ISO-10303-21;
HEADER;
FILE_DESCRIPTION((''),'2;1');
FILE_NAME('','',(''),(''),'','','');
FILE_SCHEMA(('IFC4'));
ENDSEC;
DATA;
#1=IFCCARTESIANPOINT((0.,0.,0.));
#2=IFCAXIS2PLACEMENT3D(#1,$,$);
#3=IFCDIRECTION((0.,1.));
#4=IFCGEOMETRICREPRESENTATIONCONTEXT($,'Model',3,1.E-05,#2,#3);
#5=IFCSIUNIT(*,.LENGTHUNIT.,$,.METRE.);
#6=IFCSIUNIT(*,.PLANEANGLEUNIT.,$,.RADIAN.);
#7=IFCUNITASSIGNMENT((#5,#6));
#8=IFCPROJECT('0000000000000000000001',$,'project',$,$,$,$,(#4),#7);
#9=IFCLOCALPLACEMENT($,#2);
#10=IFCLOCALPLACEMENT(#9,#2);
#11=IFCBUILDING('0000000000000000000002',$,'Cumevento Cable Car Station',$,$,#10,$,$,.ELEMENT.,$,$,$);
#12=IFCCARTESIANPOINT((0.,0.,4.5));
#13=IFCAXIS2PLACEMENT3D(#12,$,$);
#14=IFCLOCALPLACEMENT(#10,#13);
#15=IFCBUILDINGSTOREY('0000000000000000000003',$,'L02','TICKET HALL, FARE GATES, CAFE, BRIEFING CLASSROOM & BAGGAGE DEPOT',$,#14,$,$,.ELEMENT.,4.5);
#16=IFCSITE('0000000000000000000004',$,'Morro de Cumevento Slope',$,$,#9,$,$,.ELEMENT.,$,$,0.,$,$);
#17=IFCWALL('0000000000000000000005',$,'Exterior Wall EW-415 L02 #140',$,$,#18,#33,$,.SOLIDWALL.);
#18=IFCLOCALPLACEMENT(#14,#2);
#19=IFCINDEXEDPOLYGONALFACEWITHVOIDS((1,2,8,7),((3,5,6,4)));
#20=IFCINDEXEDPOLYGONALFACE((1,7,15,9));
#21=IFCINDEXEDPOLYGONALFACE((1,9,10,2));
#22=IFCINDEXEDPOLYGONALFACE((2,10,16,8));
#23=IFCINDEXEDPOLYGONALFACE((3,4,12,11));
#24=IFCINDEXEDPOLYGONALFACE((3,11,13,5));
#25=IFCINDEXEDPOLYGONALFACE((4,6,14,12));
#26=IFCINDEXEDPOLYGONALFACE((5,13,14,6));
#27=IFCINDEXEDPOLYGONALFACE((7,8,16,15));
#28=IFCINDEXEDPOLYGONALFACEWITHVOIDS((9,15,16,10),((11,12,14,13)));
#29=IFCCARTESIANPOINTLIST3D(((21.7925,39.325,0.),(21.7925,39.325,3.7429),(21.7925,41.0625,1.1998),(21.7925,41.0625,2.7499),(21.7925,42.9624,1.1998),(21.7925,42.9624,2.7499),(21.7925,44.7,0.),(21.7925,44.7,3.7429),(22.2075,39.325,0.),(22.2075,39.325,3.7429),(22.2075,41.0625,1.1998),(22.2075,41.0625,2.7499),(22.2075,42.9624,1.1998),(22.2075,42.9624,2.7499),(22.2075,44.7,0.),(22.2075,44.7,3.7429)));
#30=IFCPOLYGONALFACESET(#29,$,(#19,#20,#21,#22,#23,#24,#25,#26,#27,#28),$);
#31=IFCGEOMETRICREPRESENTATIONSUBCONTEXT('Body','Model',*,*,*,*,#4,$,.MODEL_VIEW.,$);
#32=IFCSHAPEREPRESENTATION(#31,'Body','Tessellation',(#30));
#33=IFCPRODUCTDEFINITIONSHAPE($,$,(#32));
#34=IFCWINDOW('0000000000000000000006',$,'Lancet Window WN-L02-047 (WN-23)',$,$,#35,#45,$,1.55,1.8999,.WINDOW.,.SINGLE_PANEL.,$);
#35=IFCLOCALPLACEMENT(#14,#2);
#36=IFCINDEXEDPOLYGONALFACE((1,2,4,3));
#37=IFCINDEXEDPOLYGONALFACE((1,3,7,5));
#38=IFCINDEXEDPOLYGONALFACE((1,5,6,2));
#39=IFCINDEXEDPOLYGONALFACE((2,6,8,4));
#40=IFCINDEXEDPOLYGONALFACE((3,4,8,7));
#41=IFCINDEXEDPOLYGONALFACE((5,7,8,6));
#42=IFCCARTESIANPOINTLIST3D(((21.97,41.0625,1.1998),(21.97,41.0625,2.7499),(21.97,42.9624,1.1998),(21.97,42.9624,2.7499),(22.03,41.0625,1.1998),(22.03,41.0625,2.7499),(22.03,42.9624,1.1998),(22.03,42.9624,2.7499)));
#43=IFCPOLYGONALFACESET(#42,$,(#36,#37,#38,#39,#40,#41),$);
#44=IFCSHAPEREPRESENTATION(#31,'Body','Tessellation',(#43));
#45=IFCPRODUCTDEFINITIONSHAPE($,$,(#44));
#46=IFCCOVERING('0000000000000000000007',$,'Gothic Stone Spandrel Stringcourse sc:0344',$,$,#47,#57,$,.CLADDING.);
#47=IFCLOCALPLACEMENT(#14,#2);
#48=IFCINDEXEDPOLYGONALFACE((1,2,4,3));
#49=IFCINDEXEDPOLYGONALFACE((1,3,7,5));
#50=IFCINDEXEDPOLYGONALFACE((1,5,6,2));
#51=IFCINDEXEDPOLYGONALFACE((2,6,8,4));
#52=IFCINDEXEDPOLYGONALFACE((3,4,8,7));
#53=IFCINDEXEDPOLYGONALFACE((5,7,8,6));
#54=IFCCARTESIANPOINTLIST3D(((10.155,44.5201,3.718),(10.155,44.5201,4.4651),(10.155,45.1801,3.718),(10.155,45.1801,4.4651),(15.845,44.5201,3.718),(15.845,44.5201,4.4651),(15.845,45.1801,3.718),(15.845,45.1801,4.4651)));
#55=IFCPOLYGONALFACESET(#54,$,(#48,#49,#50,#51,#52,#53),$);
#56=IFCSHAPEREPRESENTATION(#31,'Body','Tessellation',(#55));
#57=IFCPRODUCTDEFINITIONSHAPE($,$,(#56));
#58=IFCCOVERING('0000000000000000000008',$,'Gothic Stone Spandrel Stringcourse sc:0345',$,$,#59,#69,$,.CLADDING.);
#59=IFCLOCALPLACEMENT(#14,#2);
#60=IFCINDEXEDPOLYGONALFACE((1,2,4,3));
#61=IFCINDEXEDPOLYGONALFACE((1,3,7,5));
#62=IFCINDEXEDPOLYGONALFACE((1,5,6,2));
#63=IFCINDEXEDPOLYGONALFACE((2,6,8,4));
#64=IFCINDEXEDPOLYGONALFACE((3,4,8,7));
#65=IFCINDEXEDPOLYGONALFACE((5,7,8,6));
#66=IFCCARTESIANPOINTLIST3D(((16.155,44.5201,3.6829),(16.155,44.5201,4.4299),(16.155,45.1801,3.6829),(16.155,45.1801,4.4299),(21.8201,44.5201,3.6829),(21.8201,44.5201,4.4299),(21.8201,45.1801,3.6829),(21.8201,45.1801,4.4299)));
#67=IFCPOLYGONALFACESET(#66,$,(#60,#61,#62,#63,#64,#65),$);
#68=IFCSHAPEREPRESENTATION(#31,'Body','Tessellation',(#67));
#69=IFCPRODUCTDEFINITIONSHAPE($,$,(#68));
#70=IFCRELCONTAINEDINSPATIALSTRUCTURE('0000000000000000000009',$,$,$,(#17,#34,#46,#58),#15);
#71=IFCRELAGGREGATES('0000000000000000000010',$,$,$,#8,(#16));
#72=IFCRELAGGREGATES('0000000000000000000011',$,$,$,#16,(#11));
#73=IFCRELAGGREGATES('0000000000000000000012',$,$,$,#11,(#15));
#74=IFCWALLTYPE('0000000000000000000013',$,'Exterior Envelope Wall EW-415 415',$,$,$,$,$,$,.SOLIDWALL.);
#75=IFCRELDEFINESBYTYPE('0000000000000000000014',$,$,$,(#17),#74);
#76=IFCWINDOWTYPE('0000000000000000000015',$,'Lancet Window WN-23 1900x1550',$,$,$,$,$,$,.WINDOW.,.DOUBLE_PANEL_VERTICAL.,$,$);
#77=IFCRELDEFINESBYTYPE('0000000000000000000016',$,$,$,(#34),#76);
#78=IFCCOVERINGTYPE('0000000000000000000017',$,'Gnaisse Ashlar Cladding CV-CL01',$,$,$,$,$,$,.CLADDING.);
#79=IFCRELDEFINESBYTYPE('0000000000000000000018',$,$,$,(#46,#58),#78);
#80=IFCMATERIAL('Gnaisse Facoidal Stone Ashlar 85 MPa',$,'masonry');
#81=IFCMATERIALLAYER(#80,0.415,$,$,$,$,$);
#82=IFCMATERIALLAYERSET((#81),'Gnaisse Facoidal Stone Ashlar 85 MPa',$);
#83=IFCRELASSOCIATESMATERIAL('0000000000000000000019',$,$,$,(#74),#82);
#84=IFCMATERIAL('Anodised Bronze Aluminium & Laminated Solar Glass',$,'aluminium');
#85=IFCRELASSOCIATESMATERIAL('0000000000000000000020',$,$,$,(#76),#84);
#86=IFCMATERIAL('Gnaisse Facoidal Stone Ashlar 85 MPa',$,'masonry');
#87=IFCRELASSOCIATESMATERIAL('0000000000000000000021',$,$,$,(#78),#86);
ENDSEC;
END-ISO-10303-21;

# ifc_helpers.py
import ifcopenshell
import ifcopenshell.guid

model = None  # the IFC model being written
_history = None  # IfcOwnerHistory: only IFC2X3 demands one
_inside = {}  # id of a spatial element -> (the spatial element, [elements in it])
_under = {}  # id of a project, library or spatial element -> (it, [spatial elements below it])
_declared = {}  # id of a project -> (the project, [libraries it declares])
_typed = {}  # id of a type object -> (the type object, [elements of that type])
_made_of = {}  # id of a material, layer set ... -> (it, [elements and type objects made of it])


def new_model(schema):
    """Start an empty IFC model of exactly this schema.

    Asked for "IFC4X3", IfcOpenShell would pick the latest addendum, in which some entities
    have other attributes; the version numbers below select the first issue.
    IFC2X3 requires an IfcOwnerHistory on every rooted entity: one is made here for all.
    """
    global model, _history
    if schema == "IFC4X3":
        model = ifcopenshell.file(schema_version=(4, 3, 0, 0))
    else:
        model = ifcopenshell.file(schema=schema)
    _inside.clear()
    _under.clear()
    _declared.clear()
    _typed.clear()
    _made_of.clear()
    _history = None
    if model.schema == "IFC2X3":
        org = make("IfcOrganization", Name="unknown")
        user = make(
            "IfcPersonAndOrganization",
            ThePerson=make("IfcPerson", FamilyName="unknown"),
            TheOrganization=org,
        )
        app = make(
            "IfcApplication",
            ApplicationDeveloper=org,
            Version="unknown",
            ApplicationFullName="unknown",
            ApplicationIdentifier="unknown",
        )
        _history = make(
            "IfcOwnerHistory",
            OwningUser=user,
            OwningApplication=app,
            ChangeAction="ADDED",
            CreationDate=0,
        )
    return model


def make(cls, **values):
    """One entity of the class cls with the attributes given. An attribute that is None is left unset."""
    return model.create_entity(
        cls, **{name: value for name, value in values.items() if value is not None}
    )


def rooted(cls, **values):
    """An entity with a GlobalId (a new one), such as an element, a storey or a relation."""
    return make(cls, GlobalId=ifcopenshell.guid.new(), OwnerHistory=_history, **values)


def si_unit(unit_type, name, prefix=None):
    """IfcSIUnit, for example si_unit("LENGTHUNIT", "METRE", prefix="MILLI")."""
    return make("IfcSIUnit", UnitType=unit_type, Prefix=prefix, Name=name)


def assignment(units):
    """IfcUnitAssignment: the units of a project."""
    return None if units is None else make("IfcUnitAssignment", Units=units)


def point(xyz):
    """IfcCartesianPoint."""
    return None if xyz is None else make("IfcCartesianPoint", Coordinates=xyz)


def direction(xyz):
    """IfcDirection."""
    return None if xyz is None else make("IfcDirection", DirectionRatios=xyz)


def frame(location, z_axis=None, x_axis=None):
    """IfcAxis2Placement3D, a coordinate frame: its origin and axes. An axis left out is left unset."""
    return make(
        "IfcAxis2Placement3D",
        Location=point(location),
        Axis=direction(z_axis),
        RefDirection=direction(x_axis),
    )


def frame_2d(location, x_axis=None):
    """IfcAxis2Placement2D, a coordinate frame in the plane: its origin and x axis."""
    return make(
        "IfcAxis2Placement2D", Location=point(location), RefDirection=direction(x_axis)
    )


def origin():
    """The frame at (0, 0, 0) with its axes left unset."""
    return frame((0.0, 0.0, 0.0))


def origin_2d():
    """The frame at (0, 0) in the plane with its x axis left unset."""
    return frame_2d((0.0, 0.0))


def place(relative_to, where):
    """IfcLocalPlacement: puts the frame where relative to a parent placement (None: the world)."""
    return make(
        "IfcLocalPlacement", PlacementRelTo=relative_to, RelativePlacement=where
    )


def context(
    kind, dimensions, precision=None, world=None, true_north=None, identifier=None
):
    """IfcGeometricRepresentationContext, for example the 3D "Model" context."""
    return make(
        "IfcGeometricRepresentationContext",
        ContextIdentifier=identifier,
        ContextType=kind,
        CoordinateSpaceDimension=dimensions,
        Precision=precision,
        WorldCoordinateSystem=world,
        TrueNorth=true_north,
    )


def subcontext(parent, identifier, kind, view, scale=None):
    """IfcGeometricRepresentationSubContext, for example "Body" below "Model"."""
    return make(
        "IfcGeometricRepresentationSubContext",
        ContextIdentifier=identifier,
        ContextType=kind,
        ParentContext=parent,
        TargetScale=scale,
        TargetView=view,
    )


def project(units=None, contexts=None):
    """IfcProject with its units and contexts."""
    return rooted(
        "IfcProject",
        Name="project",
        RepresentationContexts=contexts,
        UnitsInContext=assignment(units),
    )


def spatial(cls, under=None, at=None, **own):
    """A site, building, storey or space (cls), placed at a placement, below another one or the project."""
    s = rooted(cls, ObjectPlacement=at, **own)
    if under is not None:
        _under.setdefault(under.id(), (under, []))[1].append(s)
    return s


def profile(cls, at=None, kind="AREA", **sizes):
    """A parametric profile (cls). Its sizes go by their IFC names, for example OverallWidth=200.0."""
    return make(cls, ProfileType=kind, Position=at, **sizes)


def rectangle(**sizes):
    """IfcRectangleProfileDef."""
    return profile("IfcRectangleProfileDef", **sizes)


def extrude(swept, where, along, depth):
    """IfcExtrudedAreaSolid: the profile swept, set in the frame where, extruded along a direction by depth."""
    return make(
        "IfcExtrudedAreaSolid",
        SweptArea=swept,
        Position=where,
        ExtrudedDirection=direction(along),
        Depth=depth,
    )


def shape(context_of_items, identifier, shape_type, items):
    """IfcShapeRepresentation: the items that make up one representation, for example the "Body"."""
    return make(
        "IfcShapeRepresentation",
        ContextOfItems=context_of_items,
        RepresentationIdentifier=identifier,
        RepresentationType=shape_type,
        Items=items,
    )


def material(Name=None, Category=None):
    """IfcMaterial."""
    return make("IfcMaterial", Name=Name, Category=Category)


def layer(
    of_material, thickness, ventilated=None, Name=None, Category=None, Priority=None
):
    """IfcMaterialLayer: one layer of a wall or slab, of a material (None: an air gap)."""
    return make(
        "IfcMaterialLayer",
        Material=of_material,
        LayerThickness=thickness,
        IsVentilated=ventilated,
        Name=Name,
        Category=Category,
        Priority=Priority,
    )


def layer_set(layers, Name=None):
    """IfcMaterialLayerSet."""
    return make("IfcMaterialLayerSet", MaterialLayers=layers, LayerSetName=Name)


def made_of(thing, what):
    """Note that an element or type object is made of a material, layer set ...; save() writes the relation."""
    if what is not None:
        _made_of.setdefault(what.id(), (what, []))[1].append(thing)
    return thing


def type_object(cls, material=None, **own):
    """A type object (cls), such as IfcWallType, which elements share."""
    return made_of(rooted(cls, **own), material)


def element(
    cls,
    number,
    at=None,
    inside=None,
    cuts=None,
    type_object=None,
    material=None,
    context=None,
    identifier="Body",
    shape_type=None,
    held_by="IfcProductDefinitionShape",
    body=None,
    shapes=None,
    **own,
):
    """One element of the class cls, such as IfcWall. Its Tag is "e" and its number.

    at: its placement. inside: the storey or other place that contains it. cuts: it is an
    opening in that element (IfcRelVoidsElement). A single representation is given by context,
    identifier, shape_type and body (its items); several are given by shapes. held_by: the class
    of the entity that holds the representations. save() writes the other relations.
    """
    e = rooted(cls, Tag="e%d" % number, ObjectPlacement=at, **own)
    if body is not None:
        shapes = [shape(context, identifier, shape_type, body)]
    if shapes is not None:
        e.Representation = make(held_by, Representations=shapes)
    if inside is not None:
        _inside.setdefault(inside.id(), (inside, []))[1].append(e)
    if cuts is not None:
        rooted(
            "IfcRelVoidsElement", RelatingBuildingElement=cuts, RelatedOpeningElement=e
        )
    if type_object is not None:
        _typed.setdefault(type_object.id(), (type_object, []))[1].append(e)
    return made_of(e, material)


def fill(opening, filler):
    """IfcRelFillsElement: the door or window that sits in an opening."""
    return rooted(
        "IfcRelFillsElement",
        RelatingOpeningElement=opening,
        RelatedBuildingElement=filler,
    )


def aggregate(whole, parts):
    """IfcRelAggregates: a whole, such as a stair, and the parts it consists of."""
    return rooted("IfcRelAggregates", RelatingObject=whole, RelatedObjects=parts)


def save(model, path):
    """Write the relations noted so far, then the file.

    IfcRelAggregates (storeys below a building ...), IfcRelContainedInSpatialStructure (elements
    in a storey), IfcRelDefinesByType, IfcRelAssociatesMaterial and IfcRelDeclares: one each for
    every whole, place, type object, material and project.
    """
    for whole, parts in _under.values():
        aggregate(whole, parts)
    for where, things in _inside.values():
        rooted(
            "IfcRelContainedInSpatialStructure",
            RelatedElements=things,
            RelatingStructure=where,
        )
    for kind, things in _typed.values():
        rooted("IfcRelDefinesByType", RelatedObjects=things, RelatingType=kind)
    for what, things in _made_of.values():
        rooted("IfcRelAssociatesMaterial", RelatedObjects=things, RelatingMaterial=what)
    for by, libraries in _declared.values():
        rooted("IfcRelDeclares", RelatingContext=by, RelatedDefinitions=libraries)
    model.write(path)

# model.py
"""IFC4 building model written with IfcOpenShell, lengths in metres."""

from ifc_helpers import new_model, si_unit, direction, frame, frame_2d, origin, origin_2d, place, context, subcontext, project, spatial, rectangle, extrude, material, layer, layer_set, type_object, element, fill, save


model = new_model("IFC4")

# Units and contexts
model_context = context("Model", 3, precision=1e-05, world=origin(), true_north=direction((0.0, 1.0)))
body_context = subcontext(model_context, "Body", "Model", "MODEL_VIEW")
ifc_project = project(units=[si_unit("LENGTHUNIT", "METRE"), si_unit("PLANEANGLEUNIT", "RADIAN")], contexts=[model_context])

# Site, building, storey
site_placement = place(None, origin())
site = spatial("IfcSite", under=ifc_project, at=site_placement, Name="Morro de Cumevento Slope", CompositionType="ELEMENT", RefElevation=0.0)
building_placement = place(site_placement, origin())
building = spatial("IfcBuilding", under=site, at=building_placement, Name="Cumevento Cable Car Station", CompositionType="ELEMENT")
storey_placement = place(building_placement, frame((0.0, 0.0, 4.5)))
storey = spatial("IfcBuildingStorey", under=building, at=storey_placement, Name="L02", Description="TICKET HALL, FARE GATES, CAFE, BRIEFING CLASSROOM & BAGGAGE DEPOT", CompositionType="ELEMENT", Elevation=4.5)

# Wall, opening, window
ifc_material_1 = material(Name="Gnaisse Facoidal Stone Ashlar 85 MPa", Category="masonry")
ifc_layer_1 = layer(ifc_material_1, 0.415)
ifc_layer_set_1 = layer_set([ifc_layer_1], Name="Gnaisse Facoidal Stone Ashlar 85 MPa")
wall_type = type_object("IfcWallType", Name="Exterior Envelope Wall EW-415 415", PredefinedType="SOLIDWALL", material=ifc_layer_set_1)
wall_placement = place(storey_placement, frame((22.0, 44.7, 0.0), z_axis=(0.0, 0.0, 1.0), x_axis=(0.0, -1.0, 0.0)))
wall = element("IfcWall", 1, at=wall_placement, inside=storey, type_object=wall_type, Name="Exterior Wall EW-415 L02 #140", PredefinedType="SOLIDWALL", context=body_context, shape_type="SweptSolid", body=[
    extrude(rectangle(XDim=5.375, YDim=0.415, at=frame_2d((2.6875, 0.0))), origin(), (0.0, 0.0, 1.0), 3.7429),
])
opening_placement = place(wall_placement, frame((1.7375, 0.0, 1.2)))
opening = element("IfcOpeningElement", 2, at=opening_placement, cuts=wall, PredefinedType="OPENING", context=body_context, shape_type="SweptSolid", body=[
    extrude(rectangle(XDim=1.8999, YDim=1.55, at=frame_2d((0.95, 0.7749))), frame((0.0, 0.2175, 0.0), z_axis=(0.0, -1.0, 0.0), x_axis=(1.0, 0.0, 0.0)), (0.0, 0.0, 1.0), 0.4351),
])
ifc_material_2 = material(Name="Anodised Bronze Aluminium & Laminated Solar Glass", Category="aluminium")
window_type = type_object("IfcWindowType", Name="Lancet Window WN-23 1900x1550", PartitioningType="DOUBLE_PANEL_VERTICAL", PredefinedType="WINDOW", material=ifc_material_2)
window_placement = place(opening_placement, origin())
window = element("IfcWindow", 3, at=window_placement, inside=storey, type_object=window_type, Name="Lancet Window WN-L02-047 (WN-23)", OverallHeight=1.55, OverallWidth=1.8999, PartitioningType="SINGLE_PANEL", PredefinedType="WINDOW", context=body_context, shape_type="SweptSolid", body=[
    extrude(rectangle(XDim=1.8999, YDim=1.55, at=frame_2d((0.95, 0.7749))), frame((0.0, 0.03, 0.0), z_axis=(0.0, -1.0, 0.0), x_axis=(1.0, 0.0, 0.0)), (0.0, 0.0, 1.0), 0.0601),
])
fill(opening, window)

# Coverings
ifc_material_3 = material(Name="Gnaisse Facoidal Stone Ashlar 85 MPa", Category="masonry")
covering_type = type_object("IfcCoveringType", Name="Gnaisse Ashlar Cladding CV-CL01", PredefinedType="CLADDING", material=ifc_material_3)
covering_1_placement = place(storey_placement, frame((13.0, 44.8501, 3.718), z_axis=(0.0, 0.0, 1.0), x_axis=(1.0, 0.0, 0.0)))
element("IfcCovering", 4, at=covering_1_placement, inside=storey, type_object=covering_type, Name="Gothic Stone Spandrel Stringcourse sc:0344", PredefinedType="CLADDING", context=body_context, shape_type="SweptSolid", body=[
    extrude(rectangle(XDim=5.6899, YDim=0.6599, at=origin_2d()), origin(), (0.0, 0.0, 1.0), 0.7471),
])
covering_2_placement = place(storey_placement, frame((18.9875, 44.8501, 3.6829), z_axis=(0.0, 0.0, 1.0), x_axis=(1.0, 0.0, 0.0)))
element("IfcCovering", 5, at=covering_2_placement, inside=storey, type_object=covering_type, Name="Gothic Stone Spandrel Stringcourse sc:0345", PredefinedType="CLADDING", context=body_context, shape_type="SweptSolid", body=[
    extrude(rectangle(XDim=5.665, YDim=0.6599, at=origin_2d()), origin(), (0.0, 0.0, 1.0), 0.7471),
])

save(model, "model.ifc")
